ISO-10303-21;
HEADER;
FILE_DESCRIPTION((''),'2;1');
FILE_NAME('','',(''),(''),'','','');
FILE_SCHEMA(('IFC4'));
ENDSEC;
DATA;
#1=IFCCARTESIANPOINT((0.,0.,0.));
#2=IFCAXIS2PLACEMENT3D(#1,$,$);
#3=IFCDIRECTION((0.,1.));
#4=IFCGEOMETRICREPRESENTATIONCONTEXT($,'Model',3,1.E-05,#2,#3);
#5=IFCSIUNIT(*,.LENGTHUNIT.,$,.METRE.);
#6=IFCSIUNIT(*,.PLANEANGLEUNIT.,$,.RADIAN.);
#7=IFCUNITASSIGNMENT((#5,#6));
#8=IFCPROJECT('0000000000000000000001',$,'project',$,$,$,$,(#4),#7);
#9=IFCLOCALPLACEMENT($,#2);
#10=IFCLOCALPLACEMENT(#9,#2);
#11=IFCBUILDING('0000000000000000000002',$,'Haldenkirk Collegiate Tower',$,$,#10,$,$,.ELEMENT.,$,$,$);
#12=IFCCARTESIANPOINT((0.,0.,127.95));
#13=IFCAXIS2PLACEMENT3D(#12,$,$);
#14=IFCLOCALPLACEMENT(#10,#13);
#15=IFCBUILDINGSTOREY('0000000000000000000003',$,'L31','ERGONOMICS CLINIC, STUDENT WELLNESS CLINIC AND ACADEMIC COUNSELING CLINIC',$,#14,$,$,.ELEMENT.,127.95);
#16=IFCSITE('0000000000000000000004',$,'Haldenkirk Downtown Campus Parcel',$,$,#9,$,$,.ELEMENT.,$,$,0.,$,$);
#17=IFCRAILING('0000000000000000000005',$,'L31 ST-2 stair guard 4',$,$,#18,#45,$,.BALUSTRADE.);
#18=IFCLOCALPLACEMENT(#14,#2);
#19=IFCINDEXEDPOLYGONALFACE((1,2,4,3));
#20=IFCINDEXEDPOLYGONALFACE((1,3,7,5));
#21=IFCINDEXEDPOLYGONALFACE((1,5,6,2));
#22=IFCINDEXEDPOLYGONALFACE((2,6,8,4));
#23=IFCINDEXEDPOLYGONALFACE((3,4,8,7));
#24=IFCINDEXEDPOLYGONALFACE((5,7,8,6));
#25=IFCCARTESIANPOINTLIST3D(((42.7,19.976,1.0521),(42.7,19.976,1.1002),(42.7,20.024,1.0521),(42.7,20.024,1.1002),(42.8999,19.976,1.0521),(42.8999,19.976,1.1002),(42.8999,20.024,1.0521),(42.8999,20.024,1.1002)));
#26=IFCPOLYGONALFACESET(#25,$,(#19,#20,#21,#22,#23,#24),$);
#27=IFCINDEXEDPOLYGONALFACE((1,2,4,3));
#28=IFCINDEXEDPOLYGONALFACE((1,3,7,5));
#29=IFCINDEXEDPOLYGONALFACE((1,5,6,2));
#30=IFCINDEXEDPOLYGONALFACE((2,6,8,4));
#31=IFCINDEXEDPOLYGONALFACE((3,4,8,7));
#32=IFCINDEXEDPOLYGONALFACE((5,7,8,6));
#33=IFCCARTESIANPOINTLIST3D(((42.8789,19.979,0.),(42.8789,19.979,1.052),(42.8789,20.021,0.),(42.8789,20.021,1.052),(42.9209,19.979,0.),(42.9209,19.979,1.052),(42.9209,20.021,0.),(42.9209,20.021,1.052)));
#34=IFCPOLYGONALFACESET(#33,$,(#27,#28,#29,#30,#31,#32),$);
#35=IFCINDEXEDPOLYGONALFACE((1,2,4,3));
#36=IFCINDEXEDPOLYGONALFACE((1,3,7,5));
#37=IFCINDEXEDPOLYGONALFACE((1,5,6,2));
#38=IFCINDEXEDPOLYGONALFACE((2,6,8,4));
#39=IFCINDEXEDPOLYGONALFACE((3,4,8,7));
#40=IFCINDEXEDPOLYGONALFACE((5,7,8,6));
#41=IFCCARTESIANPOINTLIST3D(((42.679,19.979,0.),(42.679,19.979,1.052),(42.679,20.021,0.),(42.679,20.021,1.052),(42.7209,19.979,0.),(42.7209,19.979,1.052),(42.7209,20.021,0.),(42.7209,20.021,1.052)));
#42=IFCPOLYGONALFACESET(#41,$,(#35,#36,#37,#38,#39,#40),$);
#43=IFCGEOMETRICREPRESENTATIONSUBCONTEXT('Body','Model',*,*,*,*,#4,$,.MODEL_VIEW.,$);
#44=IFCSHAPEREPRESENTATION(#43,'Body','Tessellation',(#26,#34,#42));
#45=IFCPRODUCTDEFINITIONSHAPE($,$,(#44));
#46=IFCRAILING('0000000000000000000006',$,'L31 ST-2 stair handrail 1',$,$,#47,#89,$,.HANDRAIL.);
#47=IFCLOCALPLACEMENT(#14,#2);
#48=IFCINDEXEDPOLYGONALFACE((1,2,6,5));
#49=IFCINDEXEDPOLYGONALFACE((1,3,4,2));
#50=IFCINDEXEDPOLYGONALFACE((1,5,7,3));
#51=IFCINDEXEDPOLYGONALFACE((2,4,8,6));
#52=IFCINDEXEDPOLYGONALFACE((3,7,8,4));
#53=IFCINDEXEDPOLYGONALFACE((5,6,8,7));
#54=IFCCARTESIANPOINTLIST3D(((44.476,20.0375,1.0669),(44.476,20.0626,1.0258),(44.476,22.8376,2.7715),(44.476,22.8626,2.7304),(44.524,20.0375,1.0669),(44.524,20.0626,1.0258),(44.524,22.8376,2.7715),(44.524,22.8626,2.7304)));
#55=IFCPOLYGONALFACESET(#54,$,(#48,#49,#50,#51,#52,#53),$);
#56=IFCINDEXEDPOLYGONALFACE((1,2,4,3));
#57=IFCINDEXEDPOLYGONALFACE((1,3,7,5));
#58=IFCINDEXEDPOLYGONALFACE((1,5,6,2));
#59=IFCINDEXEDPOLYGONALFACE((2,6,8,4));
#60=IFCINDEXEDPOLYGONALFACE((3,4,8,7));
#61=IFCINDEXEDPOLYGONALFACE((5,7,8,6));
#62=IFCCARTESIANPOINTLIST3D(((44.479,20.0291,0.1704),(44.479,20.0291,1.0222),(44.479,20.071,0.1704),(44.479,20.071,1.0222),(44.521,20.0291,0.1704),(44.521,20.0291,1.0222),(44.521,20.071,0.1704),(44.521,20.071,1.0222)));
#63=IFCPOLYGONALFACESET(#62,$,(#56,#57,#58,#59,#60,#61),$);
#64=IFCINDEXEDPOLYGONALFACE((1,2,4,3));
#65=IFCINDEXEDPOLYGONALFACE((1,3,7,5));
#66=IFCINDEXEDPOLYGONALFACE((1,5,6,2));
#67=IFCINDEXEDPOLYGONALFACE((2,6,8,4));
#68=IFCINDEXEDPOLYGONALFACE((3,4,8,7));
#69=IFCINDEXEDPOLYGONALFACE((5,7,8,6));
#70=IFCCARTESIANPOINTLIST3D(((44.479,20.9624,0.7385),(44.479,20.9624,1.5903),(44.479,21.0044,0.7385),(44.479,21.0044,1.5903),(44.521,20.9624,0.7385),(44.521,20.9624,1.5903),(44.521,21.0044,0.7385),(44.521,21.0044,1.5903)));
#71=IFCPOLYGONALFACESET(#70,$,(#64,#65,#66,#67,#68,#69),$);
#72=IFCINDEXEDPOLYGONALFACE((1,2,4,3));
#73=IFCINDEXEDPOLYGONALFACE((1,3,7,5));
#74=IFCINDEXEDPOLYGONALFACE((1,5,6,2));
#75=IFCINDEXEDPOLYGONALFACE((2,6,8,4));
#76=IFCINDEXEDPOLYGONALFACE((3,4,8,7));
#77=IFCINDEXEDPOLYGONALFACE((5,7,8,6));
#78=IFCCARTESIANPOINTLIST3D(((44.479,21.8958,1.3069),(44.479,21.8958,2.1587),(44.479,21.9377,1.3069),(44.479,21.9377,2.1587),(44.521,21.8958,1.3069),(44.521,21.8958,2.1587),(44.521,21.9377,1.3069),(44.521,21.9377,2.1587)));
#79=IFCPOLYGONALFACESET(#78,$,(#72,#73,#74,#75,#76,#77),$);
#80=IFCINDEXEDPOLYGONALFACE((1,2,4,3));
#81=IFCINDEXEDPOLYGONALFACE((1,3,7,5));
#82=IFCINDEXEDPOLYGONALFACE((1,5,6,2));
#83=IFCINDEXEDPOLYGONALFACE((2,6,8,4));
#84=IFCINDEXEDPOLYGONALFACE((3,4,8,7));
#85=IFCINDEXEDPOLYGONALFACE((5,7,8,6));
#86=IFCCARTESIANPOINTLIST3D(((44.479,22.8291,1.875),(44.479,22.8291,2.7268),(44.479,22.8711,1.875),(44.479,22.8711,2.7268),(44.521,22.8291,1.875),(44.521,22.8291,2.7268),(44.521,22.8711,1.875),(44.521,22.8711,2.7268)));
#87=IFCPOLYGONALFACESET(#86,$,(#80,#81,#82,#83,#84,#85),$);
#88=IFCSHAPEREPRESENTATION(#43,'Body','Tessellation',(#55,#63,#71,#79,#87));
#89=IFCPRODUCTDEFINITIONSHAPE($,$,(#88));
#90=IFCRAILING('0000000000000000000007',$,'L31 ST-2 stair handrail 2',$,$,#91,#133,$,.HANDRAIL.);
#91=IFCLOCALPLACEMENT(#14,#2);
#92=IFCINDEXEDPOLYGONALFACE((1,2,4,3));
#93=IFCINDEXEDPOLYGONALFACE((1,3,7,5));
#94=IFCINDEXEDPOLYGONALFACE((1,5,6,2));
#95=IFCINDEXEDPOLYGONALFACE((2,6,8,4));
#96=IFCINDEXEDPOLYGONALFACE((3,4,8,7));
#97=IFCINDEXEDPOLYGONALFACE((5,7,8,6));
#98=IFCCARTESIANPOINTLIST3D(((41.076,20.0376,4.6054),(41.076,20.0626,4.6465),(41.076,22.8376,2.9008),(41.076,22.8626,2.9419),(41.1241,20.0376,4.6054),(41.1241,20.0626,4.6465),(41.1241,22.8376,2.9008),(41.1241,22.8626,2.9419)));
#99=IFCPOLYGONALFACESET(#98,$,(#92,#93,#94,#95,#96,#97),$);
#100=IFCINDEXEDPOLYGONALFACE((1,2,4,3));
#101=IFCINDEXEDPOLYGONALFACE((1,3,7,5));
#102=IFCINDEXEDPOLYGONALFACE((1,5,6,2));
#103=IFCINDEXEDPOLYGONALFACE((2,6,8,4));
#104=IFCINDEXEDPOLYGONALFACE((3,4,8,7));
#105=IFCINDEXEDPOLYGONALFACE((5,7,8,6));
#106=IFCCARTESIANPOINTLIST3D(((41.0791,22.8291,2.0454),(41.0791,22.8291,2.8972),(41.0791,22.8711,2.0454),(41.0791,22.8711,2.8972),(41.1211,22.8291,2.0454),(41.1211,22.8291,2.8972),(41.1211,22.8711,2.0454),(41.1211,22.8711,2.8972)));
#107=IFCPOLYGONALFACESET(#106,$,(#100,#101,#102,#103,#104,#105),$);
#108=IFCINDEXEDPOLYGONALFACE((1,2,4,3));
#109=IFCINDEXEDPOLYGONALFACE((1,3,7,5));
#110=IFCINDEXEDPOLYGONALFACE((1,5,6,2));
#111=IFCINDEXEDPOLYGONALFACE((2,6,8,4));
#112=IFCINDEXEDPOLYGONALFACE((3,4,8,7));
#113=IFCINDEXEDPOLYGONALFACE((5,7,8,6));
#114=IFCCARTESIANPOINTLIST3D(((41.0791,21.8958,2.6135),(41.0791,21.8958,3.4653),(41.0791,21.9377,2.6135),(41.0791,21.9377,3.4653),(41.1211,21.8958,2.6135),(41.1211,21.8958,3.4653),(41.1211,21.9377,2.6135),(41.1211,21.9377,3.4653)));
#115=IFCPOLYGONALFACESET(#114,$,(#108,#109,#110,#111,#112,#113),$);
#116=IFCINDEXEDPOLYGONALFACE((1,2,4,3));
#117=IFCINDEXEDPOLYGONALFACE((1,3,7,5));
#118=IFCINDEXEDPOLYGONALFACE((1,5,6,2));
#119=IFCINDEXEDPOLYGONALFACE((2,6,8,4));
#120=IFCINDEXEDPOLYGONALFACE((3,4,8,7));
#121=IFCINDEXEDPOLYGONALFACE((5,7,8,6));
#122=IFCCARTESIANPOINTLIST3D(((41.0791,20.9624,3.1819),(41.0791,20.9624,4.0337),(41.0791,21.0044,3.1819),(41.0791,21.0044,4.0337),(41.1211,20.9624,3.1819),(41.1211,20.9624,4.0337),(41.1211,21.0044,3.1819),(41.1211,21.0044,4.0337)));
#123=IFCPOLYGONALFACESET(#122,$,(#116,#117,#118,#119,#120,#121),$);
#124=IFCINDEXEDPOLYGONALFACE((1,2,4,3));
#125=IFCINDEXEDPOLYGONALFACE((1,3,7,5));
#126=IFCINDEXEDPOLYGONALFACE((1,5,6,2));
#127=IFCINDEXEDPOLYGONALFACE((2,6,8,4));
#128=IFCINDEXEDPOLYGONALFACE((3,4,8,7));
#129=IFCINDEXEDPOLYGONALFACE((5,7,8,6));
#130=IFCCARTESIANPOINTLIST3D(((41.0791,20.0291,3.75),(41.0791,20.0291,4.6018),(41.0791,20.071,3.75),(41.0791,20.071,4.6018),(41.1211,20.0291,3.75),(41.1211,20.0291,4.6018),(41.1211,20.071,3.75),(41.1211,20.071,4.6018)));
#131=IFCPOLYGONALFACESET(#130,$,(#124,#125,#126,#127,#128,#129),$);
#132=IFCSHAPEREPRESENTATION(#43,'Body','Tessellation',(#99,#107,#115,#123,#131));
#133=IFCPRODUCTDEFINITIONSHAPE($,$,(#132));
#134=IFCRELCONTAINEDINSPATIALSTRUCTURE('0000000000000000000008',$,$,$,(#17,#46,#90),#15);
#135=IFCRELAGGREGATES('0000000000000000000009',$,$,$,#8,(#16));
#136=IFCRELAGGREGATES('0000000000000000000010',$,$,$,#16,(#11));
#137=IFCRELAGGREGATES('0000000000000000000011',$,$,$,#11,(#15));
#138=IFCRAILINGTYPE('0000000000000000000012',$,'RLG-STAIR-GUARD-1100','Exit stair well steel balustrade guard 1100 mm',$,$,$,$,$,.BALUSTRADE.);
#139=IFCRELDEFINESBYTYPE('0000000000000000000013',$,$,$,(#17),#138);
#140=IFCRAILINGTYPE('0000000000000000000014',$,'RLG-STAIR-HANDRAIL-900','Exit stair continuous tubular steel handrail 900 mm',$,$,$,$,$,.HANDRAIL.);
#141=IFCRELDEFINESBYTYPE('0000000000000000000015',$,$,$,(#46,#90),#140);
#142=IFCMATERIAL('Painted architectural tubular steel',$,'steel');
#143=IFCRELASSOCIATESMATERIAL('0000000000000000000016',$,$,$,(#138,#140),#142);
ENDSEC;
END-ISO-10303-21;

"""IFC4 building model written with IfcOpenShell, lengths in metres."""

from ifc_helpers import new_model, si_unit, direction, frame, origin, origin_2d, place, context, subcontext, project, spatial, rectangle, extrude, material, type_object, element, save


model = new_model("IFC4")

# Units and contexts
model_context = context("Model", 3, precision=1e-05, world=origin(), true_north=direction((0.0, 1.0)))
body_context = subcontext(model_context, "Body", "Model", "MODEL_VIEW")
ifc_project = project(units=[si_unit("LENGTHUNIT", "METRE"), si_unit("PLANEANGLEUNIT", "RADIAN")], contexts=[model_context])

# Site, building, storey
site_placement = place(None, origin())
site = spatial("IfcSite", under=ifc_project, at=site_placement, Name="Haldenkirk Downtown Campus Parcel", CompositionType="ELEMENT", RefElevation=0.0)
building_placement = place(site_placement, origin())
building = spatial("IfcBuilding", under=site, at=building_placement, Name="Haldenkirk Collegiate Tower", CompositionType="ELEMENT")
storey_placement = place(building_placement, frame((0.0, 0.0, 127.95)))
storey = spatial("IfcBuildingStorey", under=building, at=storey_placement, Name="L31", Description="ERGONOMICS CLINIC, STUDENT WELLNESS CLINIC AND ACADEMIC COUNSELING CLINIC", CompositionType="ELEMENT", Elevation=127.95)

# Railings
ifc_material_1 = material(Name="Painted architectural tubular steel", Category="steel")
railing_type_1 = type_object("IfcRailingType", Name="RLG-STAIR-GUARD-1100", Description="Exit stair well steel balustrade guard 1100 mm", PredefinedType="BALUSTRADE", material=ifc_material_1)
railing_1_placement = place(storey_placement, frame((42.8999, 20.0, 0.0)))
element("IfcRailing", 1, at=railing_1_placement, inside=storey, type_object=railing_type_1, Name="L31 ST-2 stair guard 4", PredefinedType="BALUSTRADE", context=body_context, shape_type="SweptSolid", body=[
    extrude(rectangle(XDim=0.0481, YDim=0.0481, at=origin_2d()), frame((0.0, 0.0, 1.0762), z_axis=(-1.0, 0.0, 0.0), x_axis=(0.0, -1.0, 0.0)), (0.0, 0.0, 1.0), 0.2),
    extrude(rectangle(XDim=0.042, YDim=0.042, at=origin_2d()), origin(), (0.0, 0.0, 1.0), 1.052),
    extrude(rectangle(XDim=0.042, YDim=0.042, at=origin_2d()), frame((-0.2, 0.0, 0.0)), (0.0, 0.0, 1.0), 1.052),
])
railing_type_2 = type_object("IfcRailingType", Name="RLG-STAIR-HANDRAIL-900", Description="Exit stair continuous tubular steel handrail 900 mm", PredefinedType="HANDRAIL", material=ifc_material_1)
railing_2_placement = place(storey_placement, frame((44.5, 20.05, 0.1704)))
element("IfcRailing", 2, at=railing_2_placement, inside=storey, type_object=railing_type_2, Name="L31 ST-2 stair handrail 1", PredefinedType="HANDRAIL", context=body_context, shape_type="SweptSolid", body=[
    extrude(rectangle(XDim=0.0481, YDim=0.0481, at=origin_2d()), frame((0.0, 0.0, 0.876), z_axis=(0.0, 0.85417, 0.519994), x_axis=(-1.0, 0.0, 0.0)), (0.0, 0.0, 1.0), 3.2781),
    extrude(rectangle(XDim=0.042, YDim=0.042, at=origin_2d()), origin(), (0.0, 0.0, 1.0), 0.8518),
    extrude(rectangle(XDim=0.042, YDim=0.042, at=origin_2d()), frame((0.0, 0.9333, 0.5681)), (0.0, 0.0, 1.0), 0.8518),
    extrude(rectangle(XDim=0.042, YDim=0.042, at=origin_2d()), frame((0.0, 1.8667, 1.1365)), (0.0, 0.0, 1.0), 0.8518),
    extrude(rectangle(XDim=0.042, YDim=0.042, at=origin_2d()), frame((0.0, 2.8, 1.7046)), (0.0, 0.0, 1.0), 0.8518),
])
railing_3_placement = place(storey_placement, frame((41.1001, 22.8501, 2.0454)))
element("IfcRailing", 3, at=railing_3_placement, inside=storey, type_object=railing_type_2, Name="L31 ST-2 stair handrail 2", PredefinedType="HANDRAIL", context=body_context, shape_type="SweptSolid", body=[
    extrude(rectangle(XDim=0.0481, YDim=0.0481, at=origin_2d()), frame((0.0, 0.0, 0.876), z_axis=(0.0, -0.85417, 0.519994), x_axis=(1.0, 0.0, 0.0)), (0.0, 0.0, 1.0), 3.2781),
    extrude(rectangle(XDim=0.042, YDim=0.042, at=origin_2d()), origin(), (0.0, 0.0, 1.0), 0.8518),
    extrude(rectangle(XDim=0.042, YDim=0.042, at=origin_2d()), frame((0.0, -0.9333, 0.5681)), (0.0, 0.0, 1.0), 0.8518),
    extrude(rectangle(XDim=0.042, YDim=0.042, at=origin_2d()), frame((0.0, -1.8667, 1.1365)), (0.0, 0.0, 1.0), 0.8518),
    extrude(rectangle(XDim=0.042, YDim=0.042, at=origin_2d()), frame((0.0, -2.8, 1.7046)), (0.0, 0.0, 1.0), 0.8518),
])

save(model, "model.ifc")
